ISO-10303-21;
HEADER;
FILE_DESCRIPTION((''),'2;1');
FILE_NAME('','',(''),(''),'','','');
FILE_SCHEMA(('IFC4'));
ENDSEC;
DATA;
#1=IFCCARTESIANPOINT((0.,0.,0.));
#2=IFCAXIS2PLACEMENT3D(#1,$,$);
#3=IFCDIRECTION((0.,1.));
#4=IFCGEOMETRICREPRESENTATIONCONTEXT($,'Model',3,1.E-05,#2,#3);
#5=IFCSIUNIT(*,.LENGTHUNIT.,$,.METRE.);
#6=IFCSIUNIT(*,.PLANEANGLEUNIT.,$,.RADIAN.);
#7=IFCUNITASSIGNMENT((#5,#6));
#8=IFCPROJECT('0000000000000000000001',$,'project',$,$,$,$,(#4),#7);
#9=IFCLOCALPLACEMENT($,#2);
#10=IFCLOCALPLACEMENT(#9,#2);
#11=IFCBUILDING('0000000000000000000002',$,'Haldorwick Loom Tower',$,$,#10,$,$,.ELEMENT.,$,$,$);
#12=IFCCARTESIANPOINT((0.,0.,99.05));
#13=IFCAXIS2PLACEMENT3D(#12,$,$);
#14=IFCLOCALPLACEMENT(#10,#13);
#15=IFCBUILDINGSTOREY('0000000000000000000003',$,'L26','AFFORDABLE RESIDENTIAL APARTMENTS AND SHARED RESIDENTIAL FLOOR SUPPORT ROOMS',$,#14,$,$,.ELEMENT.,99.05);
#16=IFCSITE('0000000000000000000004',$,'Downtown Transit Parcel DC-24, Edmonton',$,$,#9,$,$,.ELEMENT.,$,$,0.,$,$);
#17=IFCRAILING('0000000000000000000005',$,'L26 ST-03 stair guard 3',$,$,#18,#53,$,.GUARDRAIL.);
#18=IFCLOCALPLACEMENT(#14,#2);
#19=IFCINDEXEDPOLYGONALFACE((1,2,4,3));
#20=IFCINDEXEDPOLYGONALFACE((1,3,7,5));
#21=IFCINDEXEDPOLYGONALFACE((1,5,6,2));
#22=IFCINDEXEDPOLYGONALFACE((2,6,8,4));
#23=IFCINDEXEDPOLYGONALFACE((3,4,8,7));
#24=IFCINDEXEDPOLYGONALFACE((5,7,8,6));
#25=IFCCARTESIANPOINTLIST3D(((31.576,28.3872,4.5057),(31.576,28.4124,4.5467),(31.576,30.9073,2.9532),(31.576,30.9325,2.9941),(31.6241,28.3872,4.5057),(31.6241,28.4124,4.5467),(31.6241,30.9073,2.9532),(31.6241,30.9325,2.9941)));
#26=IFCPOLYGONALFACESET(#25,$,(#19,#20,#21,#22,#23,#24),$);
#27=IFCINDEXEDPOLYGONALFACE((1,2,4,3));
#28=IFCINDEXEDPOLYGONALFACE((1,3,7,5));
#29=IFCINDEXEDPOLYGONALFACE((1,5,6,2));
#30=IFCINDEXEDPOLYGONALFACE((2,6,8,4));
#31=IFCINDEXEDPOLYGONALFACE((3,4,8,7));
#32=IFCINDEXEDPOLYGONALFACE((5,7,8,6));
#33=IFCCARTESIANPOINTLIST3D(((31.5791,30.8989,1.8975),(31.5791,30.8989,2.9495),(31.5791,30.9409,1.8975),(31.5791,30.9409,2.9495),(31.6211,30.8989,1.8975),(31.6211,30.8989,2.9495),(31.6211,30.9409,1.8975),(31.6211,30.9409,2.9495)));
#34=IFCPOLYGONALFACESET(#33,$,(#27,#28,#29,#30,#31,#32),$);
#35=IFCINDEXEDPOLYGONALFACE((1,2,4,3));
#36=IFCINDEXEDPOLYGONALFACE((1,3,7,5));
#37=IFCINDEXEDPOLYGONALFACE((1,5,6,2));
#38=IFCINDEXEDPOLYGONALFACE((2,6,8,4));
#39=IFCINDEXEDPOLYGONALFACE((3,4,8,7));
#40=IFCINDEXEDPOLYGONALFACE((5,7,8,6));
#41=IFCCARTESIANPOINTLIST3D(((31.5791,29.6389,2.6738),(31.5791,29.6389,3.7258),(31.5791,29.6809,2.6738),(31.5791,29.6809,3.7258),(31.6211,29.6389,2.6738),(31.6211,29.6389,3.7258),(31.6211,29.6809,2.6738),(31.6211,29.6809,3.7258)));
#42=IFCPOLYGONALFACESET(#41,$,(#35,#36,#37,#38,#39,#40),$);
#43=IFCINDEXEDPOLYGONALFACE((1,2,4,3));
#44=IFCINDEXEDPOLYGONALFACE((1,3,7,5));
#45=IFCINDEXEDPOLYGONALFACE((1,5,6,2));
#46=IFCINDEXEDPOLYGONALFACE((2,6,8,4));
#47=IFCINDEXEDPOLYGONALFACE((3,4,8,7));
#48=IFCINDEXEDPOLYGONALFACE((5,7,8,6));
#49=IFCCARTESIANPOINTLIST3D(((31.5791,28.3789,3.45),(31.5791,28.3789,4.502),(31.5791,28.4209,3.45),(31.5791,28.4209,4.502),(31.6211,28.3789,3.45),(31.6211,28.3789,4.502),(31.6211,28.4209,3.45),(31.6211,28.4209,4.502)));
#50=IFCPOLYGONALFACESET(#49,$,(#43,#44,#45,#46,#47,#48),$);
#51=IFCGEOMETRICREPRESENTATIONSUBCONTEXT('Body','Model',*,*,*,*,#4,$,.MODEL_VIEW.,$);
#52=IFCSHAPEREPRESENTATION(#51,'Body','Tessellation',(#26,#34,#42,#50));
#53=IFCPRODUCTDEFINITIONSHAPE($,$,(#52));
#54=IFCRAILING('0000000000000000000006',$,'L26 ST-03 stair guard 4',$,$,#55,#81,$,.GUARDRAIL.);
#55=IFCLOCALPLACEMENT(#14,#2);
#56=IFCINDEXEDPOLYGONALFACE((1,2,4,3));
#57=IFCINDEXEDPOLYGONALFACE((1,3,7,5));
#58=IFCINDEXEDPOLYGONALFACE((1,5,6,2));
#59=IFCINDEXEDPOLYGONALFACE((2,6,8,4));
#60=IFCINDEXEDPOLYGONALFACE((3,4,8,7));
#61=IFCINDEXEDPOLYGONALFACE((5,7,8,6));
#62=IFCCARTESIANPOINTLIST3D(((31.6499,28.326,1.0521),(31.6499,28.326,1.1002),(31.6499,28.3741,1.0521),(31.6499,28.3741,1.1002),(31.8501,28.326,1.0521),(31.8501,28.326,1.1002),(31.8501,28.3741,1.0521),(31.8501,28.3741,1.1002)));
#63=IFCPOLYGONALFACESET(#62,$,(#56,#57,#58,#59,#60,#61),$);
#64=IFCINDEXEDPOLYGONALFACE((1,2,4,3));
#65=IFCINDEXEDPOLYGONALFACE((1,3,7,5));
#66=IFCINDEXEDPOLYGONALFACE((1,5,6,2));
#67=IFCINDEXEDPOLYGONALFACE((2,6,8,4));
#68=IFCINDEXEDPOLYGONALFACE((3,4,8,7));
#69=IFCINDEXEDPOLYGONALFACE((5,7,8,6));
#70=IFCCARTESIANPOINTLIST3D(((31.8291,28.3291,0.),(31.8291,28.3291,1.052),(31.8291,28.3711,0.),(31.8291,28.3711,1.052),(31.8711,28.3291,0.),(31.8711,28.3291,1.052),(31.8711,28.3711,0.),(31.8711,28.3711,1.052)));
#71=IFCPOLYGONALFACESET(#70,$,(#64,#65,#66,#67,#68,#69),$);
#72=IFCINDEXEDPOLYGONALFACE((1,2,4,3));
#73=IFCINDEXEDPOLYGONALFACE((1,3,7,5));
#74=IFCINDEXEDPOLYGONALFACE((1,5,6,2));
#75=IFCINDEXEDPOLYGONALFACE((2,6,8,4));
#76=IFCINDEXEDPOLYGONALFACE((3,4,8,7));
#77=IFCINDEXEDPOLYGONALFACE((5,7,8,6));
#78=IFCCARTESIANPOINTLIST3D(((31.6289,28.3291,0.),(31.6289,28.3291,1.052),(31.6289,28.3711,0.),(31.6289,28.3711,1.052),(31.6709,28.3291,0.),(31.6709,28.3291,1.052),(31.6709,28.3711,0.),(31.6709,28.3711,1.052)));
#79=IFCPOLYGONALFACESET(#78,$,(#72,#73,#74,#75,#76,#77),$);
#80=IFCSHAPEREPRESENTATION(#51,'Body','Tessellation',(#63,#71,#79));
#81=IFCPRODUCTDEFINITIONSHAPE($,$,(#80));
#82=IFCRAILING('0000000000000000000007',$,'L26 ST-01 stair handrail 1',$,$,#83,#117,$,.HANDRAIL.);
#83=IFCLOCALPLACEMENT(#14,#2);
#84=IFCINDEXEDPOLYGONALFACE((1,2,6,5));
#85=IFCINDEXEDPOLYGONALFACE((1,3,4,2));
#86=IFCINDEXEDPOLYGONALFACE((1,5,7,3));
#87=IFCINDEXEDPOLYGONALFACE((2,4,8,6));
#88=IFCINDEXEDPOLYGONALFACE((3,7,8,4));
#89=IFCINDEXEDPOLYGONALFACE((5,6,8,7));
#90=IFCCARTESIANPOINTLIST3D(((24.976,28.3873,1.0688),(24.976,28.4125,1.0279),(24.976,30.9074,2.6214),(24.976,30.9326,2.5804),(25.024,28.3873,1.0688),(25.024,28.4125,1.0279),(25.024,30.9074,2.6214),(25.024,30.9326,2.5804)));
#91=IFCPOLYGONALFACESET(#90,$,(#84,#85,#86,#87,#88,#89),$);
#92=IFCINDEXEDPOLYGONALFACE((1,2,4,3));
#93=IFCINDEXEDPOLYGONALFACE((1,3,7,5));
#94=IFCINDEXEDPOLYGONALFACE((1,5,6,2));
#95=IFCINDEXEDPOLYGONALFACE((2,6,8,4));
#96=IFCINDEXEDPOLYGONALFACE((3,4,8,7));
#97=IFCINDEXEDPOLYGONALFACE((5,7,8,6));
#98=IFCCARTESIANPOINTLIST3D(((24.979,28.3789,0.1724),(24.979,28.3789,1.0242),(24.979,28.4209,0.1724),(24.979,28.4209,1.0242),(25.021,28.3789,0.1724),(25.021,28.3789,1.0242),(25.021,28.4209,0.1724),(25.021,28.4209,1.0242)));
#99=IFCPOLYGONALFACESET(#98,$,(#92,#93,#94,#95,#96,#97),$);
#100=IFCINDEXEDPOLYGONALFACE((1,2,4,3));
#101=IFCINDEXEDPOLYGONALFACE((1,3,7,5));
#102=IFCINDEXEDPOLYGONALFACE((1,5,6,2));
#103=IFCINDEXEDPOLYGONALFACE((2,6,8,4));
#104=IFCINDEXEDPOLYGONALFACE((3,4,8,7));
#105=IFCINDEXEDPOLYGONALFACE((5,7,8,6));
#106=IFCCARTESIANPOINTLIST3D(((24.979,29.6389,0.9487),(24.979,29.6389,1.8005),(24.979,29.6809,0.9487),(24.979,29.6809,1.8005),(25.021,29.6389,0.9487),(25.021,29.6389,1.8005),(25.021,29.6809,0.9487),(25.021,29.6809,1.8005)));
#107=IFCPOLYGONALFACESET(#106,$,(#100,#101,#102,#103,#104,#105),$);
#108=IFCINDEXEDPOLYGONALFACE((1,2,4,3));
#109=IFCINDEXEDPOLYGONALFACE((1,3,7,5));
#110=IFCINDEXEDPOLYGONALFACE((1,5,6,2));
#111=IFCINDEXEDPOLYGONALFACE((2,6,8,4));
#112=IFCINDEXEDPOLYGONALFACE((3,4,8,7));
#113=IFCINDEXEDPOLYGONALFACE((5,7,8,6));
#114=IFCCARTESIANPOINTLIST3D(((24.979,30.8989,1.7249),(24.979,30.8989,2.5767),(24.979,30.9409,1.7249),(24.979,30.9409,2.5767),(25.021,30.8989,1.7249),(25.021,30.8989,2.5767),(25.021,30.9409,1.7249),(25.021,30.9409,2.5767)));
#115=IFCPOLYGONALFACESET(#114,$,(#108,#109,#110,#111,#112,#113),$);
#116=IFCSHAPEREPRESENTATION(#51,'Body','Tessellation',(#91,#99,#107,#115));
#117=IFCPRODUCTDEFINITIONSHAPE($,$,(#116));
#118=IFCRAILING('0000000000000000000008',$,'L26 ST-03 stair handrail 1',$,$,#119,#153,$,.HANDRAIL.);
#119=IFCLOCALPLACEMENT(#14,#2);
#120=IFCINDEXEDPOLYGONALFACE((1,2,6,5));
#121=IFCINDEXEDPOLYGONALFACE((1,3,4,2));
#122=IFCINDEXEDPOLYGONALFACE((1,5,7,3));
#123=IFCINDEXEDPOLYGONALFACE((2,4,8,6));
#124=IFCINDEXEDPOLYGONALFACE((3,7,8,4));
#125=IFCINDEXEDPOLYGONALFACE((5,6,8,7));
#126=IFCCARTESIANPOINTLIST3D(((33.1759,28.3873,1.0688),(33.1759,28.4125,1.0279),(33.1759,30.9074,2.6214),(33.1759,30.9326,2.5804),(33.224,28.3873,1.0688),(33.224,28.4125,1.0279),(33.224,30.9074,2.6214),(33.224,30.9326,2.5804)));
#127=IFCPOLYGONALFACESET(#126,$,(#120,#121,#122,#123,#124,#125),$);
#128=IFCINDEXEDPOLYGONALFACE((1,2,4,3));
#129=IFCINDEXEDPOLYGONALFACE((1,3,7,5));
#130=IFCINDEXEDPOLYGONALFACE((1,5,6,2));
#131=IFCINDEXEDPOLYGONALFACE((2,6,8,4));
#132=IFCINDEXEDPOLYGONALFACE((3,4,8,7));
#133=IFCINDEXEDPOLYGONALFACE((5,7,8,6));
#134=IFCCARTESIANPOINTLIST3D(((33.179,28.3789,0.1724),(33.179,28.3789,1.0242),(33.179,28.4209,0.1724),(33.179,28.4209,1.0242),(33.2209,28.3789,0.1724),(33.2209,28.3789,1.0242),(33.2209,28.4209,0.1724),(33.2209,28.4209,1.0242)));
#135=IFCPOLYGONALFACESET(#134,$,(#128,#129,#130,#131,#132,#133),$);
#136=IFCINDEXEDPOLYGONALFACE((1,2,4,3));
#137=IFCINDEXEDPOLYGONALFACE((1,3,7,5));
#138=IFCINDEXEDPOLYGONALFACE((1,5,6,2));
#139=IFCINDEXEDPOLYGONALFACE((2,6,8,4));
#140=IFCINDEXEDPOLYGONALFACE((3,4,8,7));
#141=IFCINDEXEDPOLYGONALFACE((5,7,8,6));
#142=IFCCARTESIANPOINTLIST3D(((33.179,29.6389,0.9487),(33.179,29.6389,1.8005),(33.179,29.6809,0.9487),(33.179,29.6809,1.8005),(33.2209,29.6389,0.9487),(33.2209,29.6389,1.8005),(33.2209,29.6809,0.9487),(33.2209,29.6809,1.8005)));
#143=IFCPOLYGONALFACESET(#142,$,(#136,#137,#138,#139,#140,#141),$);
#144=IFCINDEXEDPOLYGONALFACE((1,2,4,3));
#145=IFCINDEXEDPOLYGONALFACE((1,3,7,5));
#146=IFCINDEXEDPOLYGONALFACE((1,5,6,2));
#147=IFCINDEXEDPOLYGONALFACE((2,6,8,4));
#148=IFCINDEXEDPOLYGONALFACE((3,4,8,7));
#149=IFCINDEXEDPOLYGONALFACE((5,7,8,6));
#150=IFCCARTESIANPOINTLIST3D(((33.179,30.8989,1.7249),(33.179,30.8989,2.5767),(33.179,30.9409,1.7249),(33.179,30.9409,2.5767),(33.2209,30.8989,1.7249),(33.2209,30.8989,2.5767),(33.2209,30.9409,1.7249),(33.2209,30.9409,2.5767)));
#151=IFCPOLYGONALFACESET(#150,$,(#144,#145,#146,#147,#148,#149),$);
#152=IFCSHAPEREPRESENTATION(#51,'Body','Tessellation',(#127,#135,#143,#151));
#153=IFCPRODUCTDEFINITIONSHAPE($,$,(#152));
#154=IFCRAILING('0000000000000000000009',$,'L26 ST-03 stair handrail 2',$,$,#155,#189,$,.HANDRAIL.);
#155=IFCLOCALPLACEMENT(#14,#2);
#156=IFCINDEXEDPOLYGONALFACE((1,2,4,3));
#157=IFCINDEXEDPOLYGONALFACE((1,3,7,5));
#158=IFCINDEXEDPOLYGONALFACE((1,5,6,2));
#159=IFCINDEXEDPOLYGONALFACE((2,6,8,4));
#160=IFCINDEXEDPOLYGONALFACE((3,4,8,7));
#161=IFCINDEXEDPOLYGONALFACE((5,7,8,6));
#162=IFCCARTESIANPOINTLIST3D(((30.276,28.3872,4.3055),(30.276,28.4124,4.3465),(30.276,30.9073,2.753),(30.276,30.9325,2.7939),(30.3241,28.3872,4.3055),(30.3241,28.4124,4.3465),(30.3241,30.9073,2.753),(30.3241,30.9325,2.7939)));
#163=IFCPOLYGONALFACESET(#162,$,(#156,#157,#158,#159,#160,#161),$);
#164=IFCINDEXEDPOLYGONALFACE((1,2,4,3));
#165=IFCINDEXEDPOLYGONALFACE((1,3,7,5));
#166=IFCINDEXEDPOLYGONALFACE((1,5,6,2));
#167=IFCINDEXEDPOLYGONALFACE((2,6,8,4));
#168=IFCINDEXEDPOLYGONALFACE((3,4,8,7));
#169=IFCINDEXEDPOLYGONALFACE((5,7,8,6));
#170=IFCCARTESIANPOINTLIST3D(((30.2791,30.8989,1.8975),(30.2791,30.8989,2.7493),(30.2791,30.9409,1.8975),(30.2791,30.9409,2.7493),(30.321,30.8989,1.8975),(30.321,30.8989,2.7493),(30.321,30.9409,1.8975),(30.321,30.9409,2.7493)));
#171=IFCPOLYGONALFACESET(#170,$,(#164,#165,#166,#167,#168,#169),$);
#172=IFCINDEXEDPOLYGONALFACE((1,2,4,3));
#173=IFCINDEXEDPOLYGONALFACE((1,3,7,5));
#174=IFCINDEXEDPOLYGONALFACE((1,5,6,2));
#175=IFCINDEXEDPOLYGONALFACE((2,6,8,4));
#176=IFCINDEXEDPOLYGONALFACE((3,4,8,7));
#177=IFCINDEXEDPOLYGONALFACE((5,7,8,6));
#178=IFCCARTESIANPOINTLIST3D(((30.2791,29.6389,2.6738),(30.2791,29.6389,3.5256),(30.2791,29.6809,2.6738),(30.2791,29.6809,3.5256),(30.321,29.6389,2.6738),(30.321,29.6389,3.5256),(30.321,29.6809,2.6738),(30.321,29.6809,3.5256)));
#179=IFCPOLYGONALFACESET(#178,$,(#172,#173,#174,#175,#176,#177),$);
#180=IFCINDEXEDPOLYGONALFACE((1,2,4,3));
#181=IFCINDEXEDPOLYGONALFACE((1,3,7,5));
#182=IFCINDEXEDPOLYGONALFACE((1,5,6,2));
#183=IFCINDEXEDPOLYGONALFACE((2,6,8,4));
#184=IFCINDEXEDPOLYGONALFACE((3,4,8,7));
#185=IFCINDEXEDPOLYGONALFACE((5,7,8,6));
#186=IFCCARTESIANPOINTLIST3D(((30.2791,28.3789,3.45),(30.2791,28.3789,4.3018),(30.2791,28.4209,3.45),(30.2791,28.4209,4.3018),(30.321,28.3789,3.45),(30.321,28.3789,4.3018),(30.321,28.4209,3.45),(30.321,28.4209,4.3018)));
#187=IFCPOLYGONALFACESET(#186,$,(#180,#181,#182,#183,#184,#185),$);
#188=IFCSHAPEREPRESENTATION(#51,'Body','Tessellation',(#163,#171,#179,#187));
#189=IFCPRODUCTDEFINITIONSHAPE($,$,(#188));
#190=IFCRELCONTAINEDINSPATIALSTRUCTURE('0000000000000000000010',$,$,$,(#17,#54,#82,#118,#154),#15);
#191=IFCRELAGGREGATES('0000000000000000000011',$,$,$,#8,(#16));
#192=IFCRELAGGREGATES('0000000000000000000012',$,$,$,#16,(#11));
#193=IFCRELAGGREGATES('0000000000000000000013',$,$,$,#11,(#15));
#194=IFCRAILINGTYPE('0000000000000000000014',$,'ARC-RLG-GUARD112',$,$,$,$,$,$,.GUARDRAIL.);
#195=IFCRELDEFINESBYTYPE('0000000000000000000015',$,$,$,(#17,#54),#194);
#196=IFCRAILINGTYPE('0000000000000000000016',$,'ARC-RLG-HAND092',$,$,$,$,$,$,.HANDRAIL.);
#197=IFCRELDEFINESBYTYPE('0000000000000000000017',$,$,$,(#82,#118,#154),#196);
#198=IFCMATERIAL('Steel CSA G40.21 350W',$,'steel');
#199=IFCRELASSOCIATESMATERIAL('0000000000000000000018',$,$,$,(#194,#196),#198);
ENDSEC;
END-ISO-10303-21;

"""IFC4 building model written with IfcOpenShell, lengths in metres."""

from ifc_helpers import new_model, si_unit, direction, frame, origin, origin_2d, place, context, subcontext, project, spatial, rectangle, extrude, material, type_object, element, save


model = new_model("IFC4")

# Units and contexts
model_context = context("Model", 3, precision=1e-05, world=origin(), true_north=direction((0.0, 1.0)))
body_context = subcontext(model_context, "Body", "Model", "MODEL_VIEW")
ifc_project = project(units=[si_unit("LENGTHUNIT", "METRE"), si_unit("PLANEANGLEUNIT", "RADIAN")], contexts=[model_context])

# Site, building, storey
site_placement = place(None, origin())
site = spatial("IfcSite", under=ifc_project, at=site_placement, Name="Downtown Transit Parcel DC-24, Edmonton", CompositionType="ELEMENT", RefElevation=0.0)
building_placement = place(site_placement, origin())
building = spatial("IfcBuilding", under=site, at=building_placement, Name="Haldorwick Loom Tower", CompositionType="ELEMENT")
storey_placement = place(building_placement, frame((0.0, 0.0, 99.05)))
storey = spatial("IfcBuildingStorey", under=building, at=storey_placement, Name="L26", Description="AFFORDABLE RESIDENTIAL APARTMENTS AND SHARED RESIDENTIAL FLOOR SUPPORT ROOMS", CompositionType="ELEMENT", Elevation=99.05)

# Shared definitions
ifc_material_1 = material(Name="Steel CSA G40.21 350W", Category="steel")

# Railings
railing_type_1 = type_object("IfcRailingType", Name="ARC-RLG-GUARD112", PredefinedType="GUARDRAIL", material=ifc_material_1)
railing_1_placement = place(storey_placement, frame((31.6001, 30.9199, 1.8975)))
element("IfcRailing", 1, at=railing_1_placement, inside=storey, type_object=railing_type_1, Name="L26 ST-03 stair guard 3", PredefinedType="GUARDRAIL", context=body_context, shape_type="SweptSolid", body=[
    extrude(rectangle(XDim=0.0481, YDim=0.0481, at=origin_2d()), frame((0.0, 0.0, 1.0762), z_axis=(0.0, -0.8514, 0.524516), x_axis=(1.0, 0.0, 0.0)), (0.0, 0.0, 1.0), 2.96),
    extrude(rectangle(XDim=0.042, YDim=0.042, at=origin_2d()), origin(), (0.0, 0.0, 1.0), 1.052),
    extrude(rectangle(XDim=0.042, YDim=0.042, at=origin_2d()), frame((0.0, -1.26, 0.7764)), (0.0, 0.0, 1.0), 1.052),
    extrude(rectangle(XDim=0.042, YDim=0.042, at=origin_2d()), frame((0.0, -2.52, 1.5525)), (0.0, 0.0, 1.0), 1.052),
])
railing_2_placement = place(storey_placement, frame((31.8501, 28.3501, 0.0)))
element("IfcRailing", 2, at=railing_2_placement, inside=storey, type_object=railing_type_1, Name="L26 ST-03 stair guard 4", PredefinedType="GUARDRAIL", context=body_context, shape_type="SweptSolid", body=[
    extrude(rectangle(XDim=0.0481, YDim=0.0481, at=origin_2d()), frame((0.0, 0.0, 1.0762), z_axis=(-1.0, 0.0, 0.0), x_axis=(0.0, -1.0, 0.0)), (0.0, 0.0, 1.0), 0.2002),
    extrude(rectangle(XDim=0.042, YDim=0.042, at=origin_2d()), origin(), (0.0, 0.0, 1.0), 1.052),
    extrude(rectangle(XDim=0.042, YDim=0.042, at=origin_2d()), frame((-0.2002, 0.0, 0.0)), (0.0, 0.0, 1.0), 1.052),
])
railing_type_2 = type_object("IfcRailingType", Name="ARC-RLG-HAND092", PredefinedType="HANDRAIL", material=ifc_material_1)
for number, where, name in (
    (3, (25.0, 28.3999, 0.1724), "L26 ST-01 stair handrail 1"),
    (4, (33.2, 28.3999, 0.1724), "L26 ST-03 stair handrail 1"),
):
    element("IfcRailing", number, at=place(storey_placement, frame(where)), inside=storey, type_object=railing_type_2, Name=name, PredefinedType="HANDRAIL", context=body_context, shape_type="SweptSolid", body=[
        extrude(rectangle(XDim=0.0481, YDim=0.0481, at=origin_2d()), frame((0.0, 0.0, 0.876), z_axis=(0.0, 0.8514, 0.524516), x_axis=(-1.0, 0.0, 0.0)), (0.0, 0.0, 1.0), 2.96),
        extrude(rectangle(XDim=0.042, YDim=0.042, at=origin_2d()), origin(), (0.0, 0.0, 1.0), 0.8518),
        extrude(rectangle(XDim=0.042, YDim=0.042, at=origin_2d()), frame((0.0, 1.26, 0.7764)), (0.0, 0.0, 1.0), 0.8518),
        extrude(rectangle(XDim=0.042, YDim=0.042, at=origin_2d()), frame((0.0, 2.52, 1.5525)), (0.0, 0.0, 1.0), 0.8518),
    ])
railing_3_placement = place(storey_placement, frame((30.3, 30.9199, 1.8975)))
element("IfcRailing", 5, at=railing_3_placement, inside=storey, type_object=railing_type_2, Name="L26 ST-03 stair handrail 2", PredefinedType="HANDRAIL", context=body_context, shape_type="SweptSolid", body=[
    extrude(rectangle(XDim=0.0481, YDim=0.0481, at=origin_2d()), frame((0.0, 0.0, 0.876), z_axis=(0.0, -0.8514, 0.524516), x_axis=(1.0, 0.0, 0.0)), (0.0, 0.0, 1.0), 2.96),
    extrude(rectangle(XDim=0.042, YDim=0.042, at=origin_2d()), origin(), (0.0, 0.0, 1.0), 0.8518),
    extrude(rectangle(XDim=0.042, YDim=0.042, at=origin_2d()), frame((0.0, -1.26, 0.7764)), (0.0, 0.0, 1.0), 0.8518),
    extrude(rectangle(XDim=0.042, YDim=0.042, at=origin_2d()), frame((0.0, -2.52, 1.5525)), (0.0, 0.0, 1.0), 0.8518),
])

save(model, "model.ifc")
